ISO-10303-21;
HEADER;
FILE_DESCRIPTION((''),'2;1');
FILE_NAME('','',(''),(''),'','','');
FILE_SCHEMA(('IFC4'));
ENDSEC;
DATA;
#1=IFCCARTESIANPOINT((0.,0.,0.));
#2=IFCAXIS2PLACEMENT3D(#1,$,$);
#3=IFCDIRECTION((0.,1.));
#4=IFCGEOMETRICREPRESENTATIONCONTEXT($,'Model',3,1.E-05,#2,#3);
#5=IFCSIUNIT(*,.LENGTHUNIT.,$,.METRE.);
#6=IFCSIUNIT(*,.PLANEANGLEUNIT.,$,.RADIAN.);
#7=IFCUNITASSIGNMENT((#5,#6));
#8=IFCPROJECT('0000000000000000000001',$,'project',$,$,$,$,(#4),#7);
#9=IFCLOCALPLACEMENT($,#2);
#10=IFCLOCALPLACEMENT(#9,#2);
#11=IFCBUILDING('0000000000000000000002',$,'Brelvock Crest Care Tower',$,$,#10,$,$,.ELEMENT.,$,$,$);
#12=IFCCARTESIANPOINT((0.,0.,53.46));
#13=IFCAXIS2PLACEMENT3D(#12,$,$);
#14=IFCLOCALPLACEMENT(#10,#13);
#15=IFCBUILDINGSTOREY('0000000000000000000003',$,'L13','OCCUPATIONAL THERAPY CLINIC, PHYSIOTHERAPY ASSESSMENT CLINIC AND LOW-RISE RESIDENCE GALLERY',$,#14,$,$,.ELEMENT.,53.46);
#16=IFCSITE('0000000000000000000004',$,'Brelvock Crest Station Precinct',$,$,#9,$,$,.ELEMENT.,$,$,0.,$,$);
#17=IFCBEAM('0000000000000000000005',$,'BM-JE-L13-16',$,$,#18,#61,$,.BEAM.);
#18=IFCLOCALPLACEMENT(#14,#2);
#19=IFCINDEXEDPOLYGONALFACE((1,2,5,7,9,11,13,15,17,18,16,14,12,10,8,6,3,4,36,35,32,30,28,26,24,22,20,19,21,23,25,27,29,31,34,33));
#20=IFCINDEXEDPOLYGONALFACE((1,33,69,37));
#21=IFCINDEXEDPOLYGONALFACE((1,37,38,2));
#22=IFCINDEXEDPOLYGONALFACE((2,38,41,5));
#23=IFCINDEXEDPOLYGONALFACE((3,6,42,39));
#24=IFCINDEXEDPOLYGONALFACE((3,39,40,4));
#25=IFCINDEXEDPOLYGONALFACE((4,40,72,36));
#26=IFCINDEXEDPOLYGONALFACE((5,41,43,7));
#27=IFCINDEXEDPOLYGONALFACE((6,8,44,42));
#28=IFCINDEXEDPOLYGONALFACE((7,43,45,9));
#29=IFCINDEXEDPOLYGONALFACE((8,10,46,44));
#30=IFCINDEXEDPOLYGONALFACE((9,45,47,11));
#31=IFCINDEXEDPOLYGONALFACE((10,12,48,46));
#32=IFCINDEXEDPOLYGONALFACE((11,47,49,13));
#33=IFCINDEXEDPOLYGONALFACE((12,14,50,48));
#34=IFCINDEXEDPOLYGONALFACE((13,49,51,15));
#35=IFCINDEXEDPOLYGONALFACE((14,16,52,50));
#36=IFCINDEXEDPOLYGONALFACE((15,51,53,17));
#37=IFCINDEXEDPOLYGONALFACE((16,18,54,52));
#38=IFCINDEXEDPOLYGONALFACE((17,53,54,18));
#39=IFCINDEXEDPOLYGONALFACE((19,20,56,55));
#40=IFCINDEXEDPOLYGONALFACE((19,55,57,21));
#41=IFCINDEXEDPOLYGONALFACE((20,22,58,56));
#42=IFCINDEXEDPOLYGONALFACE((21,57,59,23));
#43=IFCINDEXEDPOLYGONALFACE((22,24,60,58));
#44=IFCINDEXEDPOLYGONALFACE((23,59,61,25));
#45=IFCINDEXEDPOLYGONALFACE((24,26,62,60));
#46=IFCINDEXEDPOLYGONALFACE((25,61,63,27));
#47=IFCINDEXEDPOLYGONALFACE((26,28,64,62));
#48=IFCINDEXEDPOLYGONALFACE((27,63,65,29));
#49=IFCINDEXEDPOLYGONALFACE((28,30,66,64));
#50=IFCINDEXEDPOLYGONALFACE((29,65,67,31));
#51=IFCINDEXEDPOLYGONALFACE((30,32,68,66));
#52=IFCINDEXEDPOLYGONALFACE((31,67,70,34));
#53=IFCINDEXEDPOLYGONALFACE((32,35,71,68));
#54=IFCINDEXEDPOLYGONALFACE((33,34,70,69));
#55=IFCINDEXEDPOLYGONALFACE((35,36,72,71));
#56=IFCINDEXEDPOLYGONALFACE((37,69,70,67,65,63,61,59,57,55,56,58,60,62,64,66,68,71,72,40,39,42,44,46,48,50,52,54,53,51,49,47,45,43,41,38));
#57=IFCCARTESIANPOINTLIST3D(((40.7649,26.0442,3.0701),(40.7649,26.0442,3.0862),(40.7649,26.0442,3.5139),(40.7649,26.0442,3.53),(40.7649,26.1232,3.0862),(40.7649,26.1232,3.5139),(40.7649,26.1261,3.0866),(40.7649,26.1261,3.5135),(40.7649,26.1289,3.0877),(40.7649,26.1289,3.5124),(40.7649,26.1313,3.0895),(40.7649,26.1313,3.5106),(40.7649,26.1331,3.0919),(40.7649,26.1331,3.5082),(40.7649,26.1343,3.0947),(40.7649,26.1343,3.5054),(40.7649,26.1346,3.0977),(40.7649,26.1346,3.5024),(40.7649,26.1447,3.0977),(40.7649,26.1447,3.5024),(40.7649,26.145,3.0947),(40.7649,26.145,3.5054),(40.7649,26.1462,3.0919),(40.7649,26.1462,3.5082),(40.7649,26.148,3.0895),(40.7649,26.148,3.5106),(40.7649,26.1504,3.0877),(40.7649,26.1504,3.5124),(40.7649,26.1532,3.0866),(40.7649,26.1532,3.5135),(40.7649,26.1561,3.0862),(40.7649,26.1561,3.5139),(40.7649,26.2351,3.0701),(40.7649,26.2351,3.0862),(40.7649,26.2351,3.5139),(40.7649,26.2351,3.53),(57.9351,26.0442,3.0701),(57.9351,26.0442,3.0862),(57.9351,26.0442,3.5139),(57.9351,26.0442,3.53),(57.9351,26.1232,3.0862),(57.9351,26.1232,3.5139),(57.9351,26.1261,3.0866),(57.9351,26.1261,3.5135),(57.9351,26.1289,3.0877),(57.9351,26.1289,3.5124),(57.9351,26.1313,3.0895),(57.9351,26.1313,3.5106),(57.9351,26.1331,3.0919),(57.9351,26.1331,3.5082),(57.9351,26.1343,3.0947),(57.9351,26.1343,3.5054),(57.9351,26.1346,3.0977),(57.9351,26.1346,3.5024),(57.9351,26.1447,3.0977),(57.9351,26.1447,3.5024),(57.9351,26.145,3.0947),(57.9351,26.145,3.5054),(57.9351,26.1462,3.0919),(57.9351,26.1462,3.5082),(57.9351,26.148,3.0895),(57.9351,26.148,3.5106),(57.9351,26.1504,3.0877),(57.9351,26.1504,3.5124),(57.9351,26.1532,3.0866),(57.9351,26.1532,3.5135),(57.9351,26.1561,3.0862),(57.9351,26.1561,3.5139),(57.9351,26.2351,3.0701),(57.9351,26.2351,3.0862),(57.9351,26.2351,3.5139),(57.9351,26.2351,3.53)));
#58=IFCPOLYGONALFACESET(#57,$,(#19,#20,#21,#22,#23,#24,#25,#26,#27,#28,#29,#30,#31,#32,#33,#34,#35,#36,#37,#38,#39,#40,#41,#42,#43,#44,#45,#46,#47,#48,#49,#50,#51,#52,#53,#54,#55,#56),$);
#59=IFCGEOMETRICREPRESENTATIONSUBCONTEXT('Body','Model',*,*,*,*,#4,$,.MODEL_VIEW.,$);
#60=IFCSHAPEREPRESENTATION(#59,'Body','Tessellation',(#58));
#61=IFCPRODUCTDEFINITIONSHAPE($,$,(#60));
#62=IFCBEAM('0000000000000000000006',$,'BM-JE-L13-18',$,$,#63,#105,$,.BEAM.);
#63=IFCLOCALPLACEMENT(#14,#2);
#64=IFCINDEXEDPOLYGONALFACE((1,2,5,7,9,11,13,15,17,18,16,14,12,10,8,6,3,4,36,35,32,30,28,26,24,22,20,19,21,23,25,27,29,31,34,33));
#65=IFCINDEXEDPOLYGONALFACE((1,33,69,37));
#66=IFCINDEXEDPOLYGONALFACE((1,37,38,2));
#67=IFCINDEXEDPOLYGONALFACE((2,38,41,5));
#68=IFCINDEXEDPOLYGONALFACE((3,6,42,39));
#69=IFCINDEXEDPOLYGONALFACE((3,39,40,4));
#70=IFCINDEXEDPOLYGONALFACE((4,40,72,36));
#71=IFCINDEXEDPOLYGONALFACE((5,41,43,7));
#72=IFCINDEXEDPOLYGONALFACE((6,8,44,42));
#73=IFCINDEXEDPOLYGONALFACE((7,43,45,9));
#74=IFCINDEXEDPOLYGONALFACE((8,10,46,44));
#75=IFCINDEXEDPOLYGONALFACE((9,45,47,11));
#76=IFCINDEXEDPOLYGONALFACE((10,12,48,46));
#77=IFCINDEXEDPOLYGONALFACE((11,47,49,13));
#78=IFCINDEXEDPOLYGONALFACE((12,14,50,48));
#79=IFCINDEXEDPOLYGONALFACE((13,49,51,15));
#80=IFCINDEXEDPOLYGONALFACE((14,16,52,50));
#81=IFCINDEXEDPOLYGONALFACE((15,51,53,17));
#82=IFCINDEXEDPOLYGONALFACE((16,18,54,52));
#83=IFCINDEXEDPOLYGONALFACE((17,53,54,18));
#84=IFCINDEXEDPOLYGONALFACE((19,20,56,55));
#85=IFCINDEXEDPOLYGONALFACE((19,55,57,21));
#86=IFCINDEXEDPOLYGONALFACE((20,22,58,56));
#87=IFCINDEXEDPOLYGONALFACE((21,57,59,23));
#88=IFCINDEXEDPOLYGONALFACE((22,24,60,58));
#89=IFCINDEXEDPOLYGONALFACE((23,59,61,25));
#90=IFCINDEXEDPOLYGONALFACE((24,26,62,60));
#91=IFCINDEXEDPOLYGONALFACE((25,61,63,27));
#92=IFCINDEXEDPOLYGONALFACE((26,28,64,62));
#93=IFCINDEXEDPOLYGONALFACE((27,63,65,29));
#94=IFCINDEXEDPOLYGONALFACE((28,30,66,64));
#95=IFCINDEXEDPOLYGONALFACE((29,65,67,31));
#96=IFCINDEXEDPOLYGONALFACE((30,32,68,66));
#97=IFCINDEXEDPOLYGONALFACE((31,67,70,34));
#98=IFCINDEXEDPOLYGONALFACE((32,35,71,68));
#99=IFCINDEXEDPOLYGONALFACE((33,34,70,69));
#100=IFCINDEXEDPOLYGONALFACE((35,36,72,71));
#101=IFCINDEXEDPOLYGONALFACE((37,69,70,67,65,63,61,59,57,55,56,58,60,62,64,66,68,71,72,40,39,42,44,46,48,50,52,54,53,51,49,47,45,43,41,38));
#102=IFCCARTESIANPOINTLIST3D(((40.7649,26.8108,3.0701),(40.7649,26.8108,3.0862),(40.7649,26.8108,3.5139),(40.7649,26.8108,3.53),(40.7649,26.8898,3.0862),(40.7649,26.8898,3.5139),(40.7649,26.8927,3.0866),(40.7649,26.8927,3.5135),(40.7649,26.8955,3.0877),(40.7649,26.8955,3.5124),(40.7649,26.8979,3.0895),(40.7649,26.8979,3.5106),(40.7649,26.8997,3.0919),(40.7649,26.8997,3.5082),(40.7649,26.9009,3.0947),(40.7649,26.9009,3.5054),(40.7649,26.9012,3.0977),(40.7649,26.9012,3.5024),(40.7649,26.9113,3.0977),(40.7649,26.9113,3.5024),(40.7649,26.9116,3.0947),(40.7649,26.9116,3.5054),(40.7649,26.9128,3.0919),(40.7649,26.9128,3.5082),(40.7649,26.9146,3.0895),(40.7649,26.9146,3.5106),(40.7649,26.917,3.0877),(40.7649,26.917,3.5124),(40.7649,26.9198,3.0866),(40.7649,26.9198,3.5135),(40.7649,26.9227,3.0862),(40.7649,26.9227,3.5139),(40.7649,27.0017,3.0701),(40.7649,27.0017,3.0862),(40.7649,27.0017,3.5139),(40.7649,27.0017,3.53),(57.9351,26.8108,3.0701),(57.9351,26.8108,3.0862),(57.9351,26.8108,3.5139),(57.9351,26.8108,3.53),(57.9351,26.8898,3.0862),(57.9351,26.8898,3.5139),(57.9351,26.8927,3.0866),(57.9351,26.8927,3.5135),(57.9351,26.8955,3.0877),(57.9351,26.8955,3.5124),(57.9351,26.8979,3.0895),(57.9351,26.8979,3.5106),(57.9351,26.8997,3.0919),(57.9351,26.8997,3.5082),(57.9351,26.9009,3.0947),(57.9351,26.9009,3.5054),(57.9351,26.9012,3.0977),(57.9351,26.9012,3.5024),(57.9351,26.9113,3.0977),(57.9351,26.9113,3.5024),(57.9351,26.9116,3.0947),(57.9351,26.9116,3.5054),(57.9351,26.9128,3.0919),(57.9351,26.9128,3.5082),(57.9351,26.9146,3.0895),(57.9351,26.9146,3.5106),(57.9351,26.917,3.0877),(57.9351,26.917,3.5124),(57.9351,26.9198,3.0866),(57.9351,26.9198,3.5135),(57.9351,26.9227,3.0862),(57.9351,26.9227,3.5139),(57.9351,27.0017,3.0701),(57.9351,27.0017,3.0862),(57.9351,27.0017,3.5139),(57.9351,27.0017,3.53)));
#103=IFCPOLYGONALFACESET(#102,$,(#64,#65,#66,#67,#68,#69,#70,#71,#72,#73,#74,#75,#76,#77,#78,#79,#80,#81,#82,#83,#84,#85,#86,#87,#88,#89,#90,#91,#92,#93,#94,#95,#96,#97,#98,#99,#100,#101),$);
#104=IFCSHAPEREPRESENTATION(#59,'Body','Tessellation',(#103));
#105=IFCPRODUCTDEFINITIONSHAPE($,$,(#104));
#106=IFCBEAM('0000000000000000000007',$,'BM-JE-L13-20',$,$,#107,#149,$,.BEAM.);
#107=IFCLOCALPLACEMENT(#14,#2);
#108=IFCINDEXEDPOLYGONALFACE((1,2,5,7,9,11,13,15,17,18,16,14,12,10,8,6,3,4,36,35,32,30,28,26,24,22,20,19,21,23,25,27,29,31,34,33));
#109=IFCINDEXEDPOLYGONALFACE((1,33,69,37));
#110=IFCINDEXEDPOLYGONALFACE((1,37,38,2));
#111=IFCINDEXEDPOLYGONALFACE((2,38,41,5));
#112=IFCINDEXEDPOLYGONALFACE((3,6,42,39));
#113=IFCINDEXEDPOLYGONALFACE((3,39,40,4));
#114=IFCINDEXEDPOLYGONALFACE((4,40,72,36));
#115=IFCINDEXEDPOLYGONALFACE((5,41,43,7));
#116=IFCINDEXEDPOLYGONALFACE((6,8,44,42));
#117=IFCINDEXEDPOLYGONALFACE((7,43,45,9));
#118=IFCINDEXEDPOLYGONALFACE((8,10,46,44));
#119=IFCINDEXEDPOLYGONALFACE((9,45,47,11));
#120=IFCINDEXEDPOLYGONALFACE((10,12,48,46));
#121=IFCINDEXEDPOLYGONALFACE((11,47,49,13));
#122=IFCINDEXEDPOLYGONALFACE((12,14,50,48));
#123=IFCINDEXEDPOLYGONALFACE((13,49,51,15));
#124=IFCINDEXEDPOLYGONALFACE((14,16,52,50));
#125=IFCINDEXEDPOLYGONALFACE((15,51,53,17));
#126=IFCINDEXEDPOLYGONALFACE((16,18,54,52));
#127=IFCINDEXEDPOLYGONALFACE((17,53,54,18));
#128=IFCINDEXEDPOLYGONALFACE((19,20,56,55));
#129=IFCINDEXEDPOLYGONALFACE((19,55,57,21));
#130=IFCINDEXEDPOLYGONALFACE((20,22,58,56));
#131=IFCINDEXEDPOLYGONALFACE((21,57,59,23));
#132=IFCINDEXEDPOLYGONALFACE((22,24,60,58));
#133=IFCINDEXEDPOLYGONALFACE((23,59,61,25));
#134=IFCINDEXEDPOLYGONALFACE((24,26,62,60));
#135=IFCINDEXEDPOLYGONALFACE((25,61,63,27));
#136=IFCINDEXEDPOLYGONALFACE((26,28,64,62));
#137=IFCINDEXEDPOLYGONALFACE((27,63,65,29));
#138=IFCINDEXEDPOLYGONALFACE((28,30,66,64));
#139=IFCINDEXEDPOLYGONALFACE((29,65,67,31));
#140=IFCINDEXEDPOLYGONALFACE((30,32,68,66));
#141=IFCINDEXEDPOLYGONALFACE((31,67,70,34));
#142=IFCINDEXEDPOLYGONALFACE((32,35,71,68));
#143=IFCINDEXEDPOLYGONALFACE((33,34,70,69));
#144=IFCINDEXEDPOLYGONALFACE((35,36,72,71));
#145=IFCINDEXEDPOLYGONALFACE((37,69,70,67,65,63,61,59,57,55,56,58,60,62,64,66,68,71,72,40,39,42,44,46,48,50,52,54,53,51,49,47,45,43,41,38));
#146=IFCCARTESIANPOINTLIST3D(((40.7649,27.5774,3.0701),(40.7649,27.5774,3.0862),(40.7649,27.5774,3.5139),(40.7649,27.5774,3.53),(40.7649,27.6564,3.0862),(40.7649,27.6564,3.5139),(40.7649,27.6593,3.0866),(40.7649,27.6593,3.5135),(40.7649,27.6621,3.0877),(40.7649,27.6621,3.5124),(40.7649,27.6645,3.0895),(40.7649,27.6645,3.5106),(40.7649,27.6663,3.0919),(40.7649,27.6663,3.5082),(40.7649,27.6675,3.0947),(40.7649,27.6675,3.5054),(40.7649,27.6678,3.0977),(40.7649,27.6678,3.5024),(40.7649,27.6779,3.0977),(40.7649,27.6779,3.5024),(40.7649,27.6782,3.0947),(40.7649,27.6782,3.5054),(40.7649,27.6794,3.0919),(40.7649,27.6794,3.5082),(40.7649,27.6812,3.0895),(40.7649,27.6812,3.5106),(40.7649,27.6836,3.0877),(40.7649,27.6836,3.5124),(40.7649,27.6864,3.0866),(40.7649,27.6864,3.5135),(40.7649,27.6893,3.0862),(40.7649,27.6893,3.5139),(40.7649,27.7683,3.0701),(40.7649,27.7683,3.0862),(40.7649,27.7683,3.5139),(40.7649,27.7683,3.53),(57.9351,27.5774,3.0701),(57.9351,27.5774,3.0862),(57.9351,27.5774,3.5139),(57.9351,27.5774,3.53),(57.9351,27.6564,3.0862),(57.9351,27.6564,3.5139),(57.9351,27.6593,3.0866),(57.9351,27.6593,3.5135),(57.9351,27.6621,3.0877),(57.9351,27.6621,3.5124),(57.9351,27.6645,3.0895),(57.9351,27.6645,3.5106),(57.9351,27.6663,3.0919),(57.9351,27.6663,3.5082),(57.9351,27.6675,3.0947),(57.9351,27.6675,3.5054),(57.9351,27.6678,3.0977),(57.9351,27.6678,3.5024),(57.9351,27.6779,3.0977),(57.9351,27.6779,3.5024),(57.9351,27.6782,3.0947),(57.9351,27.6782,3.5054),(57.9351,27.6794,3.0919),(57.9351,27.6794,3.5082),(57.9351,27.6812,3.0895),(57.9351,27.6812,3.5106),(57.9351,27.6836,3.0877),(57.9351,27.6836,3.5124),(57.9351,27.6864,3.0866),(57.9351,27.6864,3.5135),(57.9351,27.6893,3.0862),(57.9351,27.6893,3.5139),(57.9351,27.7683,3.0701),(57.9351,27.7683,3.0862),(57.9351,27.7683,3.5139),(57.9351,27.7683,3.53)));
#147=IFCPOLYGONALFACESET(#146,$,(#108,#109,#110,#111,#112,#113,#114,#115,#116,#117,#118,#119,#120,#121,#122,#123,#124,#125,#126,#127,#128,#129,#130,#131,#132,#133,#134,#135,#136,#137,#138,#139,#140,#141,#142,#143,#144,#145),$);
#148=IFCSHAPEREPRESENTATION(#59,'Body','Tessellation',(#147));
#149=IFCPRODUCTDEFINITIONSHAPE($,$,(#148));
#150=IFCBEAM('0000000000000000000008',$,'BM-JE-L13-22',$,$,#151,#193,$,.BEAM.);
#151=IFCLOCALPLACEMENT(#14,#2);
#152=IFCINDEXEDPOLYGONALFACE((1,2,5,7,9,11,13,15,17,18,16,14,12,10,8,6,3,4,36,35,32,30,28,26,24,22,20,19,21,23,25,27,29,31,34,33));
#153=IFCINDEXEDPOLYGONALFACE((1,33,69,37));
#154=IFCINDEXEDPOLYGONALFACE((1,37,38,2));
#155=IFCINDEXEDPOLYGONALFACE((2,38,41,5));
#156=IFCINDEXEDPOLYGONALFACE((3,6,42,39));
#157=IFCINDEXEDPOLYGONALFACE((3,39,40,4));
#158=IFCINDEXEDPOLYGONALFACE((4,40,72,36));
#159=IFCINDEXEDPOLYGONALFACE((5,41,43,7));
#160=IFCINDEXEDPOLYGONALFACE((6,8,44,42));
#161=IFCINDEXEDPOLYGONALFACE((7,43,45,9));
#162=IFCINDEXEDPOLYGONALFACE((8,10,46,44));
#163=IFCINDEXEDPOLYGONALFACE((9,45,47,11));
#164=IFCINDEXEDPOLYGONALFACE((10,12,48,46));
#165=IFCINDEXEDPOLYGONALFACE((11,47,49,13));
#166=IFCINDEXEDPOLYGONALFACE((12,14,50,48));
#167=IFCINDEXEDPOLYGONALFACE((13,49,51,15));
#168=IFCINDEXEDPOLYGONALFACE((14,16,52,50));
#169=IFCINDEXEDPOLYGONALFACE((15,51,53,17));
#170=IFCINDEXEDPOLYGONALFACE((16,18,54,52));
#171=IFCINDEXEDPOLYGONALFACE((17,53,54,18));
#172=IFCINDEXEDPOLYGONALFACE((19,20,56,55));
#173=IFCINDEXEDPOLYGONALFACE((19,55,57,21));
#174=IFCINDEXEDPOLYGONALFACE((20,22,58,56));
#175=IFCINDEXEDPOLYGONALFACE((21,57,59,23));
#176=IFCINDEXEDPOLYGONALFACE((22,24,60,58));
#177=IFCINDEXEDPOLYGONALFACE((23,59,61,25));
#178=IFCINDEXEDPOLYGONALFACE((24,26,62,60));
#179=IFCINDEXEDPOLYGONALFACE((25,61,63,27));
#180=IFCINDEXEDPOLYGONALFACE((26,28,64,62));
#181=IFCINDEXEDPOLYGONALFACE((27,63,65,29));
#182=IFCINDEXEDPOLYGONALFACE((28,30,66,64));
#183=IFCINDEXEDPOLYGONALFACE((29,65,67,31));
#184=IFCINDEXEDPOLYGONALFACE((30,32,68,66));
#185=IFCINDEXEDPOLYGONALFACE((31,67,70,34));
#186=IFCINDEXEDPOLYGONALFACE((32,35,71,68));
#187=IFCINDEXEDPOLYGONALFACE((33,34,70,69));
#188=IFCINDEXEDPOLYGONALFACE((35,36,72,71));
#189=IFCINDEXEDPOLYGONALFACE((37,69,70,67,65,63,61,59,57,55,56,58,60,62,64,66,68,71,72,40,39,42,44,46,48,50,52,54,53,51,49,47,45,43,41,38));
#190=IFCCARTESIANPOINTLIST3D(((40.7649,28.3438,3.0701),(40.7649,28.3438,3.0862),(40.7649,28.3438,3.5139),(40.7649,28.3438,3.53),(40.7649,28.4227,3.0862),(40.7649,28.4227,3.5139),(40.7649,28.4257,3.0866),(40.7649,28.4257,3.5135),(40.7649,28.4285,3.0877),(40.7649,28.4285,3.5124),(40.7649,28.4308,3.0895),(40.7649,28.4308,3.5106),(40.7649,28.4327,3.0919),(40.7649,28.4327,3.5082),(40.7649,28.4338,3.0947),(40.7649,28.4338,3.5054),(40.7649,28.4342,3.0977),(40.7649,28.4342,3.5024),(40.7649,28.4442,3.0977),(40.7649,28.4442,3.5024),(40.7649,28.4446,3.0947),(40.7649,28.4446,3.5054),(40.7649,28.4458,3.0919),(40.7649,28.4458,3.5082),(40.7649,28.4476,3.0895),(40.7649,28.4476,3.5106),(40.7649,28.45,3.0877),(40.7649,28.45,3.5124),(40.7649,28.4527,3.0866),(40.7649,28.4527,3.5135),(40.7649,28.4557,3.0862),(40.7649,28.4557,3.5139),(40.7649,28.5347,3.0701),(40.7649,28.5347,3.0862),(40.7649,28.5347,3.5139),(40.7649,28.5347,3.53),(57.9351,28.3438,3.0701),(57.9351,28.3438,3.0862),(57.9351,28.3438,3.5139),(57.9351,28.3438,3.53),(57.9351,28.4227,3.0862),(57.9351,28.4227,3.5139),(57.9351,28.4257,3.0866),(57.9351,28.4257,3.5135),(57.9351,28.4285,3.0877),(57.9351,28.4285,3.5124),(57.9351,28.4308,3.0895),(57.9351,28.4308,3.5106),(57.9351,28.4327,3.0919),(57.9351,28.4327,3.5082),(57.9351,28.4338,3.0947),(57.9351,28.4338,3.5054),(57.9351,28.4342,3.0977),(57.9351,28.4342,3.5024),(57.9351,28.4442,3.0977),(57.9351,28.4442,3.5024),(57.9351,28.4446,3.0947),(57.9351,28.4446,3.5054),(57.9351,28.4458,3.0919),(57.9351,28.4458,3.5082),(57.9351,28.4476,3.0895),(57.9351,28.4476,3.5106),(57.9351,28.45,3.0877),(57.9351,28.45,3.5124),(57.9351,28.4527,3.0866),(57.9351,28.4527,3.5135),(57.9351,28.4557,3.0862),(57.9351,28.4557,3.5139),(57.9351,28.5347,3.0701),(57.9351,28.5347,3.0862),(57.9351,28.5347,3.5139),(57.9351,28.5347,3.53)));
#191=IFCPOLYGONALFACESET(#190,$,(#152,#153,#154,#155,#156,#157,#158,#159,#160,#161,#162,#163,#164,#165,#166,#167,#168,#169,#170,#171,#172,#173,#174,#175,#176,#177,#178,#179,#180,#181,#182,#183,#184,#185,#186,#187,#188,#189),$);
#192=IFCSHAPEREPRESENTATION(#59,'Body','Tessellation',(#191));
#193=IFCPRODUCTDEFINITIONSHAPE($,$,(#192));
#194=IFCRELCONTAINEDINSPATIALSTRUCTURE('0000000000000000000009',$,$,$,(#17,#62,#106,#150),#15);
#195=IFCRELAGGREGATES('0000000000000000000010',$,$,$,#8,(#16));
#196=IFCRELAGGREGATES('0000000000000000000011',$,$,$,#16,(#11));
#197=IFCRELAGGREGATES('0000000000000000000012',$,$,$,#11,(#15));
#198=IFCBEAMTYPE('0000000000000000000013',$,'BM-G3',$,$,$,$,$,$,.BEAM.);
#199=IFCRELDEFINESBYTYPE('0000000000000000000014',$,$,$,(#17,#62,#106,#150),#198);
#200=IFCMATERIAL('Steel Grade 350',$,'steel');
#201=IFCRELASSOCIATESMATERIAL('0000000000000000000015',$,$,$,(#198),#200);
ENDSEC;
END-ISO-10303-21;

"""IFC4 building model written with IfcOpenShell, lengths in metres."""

from ifc_helpers import new_model, si_unit, direction, frame, origin, origin_2d, place, context, subcontext, project, spatial, i_section, extrude, source, transform, mapped, material, material_profile, profile_set, type_object, element, save


model = new_model("IFC4")

# Units and contexts
model_context = context("Model", 3, precision=1e-05, world=origin(), true_north=direction((0.0, 1.0)))
body_context = subcontext(model_context, "Body", "Model", "MODEL_VIEW")
ifc_project = project(units=[si_unit("LENGTHUNIT", "METRE"), si_unit("PLANEANGLEUNIT", "RADIAN")], contexts=[model_context])

# Site, building, storey
site_placement = place(None, origin())
site = spatial("IfcSite", under=ifc_project, at=site_placement, Name="Brelvock Crest Station Precinct", CompositionType="ELEMENT", RefElevation=0.0)
building_placement = place(site_placement, origin())
building = spatial("IfcBuilding", under=site, at=building_placement, Name="Brelvock Crest Care Tower", CompositionType="ELEMENT")
storey_placement = place(building_placement, frame((0.0, 0.0, 53.46)))
storey = spatial("IfcBuildingStorey", under=building, at=storey_placement, Name="L13", Description="OCCUPATIONAL THERAPY CLINIC, PHYSIOTHERAPY ASSESSMENT CLINIC AND LOW-RISE RESIDENCE GALLERY", CompositionType="ELEMENT", Elevation=53.46)

# Shared definitions
ifc_material_1 = material(Name="Steel Grade 350", Category="steel")

# Beams
ifc_material_profile_1 = material_profile(ifc_material_1, i_section(OverallWidth=0.1909, OverallDepth=0.46, WebThickness=0.01, FlangeThickness=0.0161, FilletRadius=0.0115, at=origin_2d()), Name="460UB82.1")
ifc_profile_set_1 = profile_set([ifc_material_profile_1], Name="Steel Grade 350")
beam_type_1 = type_object("IfcBeamType", Name="BM-G3", PredefinedType="BEAM", material=ifc_profile_set_1)
shared_shape_1 = source(origin(), body_context, "Body", "SweptSolid", [
    extrude(i_section(OverallWidth=0.1909, OverallDepth=0.46, WebThickness=0.01, FlangeThickness=0.0161, FilletRadius=0.0115, at=origin_2d()), origin(), (0.0, 0.0, 1.0), 17.1702),
])
for number, where, z_axis, x_axis, name in (
    (1, (40.7649, 26.1396, 3.3), (1.0, 0.0, 0.0), (0.0, 1.0, 0.0), "BM-JE-L13-16"),
    (2, (40.7649, 26.9062, 3.3), (1.0, 0.0, 0.0), (0.0, 1.0, 0.0), "BM-JE-L13-18"),
    (3, (40.7649, 27.6729, 3.3), (1.0, 0.0, 0.0), (0.0, 1.0, 0.0), "BM-JE-L13-20"),
    (4, (40.7649, 28.4392, 3.3), (1.0, 0.0, 0.0), (0.0, 1.0, 0.0), "BM-JE-L13-22"),
):
    element("IfcBeam", number, at=place(storey_placement, frame(where, z_axis=z_axis, x_axis=x_axis)), inside=storey, type_object=beam_type_1, Name=name, PredefinedType="BEAM", context=body_context, shape_type="MappedRepresentation", body=[
        mapped(shared_shape_1, transform((0.0, 0.0, 0.0), x_axis=(1.0, 0.0, 0.0), y_axis=(0.0, 1.0, 0.0), z_axis=(0.0, 0.0, 1.0), scale=1.0)),
    ])

save(model, "model.ifc")
